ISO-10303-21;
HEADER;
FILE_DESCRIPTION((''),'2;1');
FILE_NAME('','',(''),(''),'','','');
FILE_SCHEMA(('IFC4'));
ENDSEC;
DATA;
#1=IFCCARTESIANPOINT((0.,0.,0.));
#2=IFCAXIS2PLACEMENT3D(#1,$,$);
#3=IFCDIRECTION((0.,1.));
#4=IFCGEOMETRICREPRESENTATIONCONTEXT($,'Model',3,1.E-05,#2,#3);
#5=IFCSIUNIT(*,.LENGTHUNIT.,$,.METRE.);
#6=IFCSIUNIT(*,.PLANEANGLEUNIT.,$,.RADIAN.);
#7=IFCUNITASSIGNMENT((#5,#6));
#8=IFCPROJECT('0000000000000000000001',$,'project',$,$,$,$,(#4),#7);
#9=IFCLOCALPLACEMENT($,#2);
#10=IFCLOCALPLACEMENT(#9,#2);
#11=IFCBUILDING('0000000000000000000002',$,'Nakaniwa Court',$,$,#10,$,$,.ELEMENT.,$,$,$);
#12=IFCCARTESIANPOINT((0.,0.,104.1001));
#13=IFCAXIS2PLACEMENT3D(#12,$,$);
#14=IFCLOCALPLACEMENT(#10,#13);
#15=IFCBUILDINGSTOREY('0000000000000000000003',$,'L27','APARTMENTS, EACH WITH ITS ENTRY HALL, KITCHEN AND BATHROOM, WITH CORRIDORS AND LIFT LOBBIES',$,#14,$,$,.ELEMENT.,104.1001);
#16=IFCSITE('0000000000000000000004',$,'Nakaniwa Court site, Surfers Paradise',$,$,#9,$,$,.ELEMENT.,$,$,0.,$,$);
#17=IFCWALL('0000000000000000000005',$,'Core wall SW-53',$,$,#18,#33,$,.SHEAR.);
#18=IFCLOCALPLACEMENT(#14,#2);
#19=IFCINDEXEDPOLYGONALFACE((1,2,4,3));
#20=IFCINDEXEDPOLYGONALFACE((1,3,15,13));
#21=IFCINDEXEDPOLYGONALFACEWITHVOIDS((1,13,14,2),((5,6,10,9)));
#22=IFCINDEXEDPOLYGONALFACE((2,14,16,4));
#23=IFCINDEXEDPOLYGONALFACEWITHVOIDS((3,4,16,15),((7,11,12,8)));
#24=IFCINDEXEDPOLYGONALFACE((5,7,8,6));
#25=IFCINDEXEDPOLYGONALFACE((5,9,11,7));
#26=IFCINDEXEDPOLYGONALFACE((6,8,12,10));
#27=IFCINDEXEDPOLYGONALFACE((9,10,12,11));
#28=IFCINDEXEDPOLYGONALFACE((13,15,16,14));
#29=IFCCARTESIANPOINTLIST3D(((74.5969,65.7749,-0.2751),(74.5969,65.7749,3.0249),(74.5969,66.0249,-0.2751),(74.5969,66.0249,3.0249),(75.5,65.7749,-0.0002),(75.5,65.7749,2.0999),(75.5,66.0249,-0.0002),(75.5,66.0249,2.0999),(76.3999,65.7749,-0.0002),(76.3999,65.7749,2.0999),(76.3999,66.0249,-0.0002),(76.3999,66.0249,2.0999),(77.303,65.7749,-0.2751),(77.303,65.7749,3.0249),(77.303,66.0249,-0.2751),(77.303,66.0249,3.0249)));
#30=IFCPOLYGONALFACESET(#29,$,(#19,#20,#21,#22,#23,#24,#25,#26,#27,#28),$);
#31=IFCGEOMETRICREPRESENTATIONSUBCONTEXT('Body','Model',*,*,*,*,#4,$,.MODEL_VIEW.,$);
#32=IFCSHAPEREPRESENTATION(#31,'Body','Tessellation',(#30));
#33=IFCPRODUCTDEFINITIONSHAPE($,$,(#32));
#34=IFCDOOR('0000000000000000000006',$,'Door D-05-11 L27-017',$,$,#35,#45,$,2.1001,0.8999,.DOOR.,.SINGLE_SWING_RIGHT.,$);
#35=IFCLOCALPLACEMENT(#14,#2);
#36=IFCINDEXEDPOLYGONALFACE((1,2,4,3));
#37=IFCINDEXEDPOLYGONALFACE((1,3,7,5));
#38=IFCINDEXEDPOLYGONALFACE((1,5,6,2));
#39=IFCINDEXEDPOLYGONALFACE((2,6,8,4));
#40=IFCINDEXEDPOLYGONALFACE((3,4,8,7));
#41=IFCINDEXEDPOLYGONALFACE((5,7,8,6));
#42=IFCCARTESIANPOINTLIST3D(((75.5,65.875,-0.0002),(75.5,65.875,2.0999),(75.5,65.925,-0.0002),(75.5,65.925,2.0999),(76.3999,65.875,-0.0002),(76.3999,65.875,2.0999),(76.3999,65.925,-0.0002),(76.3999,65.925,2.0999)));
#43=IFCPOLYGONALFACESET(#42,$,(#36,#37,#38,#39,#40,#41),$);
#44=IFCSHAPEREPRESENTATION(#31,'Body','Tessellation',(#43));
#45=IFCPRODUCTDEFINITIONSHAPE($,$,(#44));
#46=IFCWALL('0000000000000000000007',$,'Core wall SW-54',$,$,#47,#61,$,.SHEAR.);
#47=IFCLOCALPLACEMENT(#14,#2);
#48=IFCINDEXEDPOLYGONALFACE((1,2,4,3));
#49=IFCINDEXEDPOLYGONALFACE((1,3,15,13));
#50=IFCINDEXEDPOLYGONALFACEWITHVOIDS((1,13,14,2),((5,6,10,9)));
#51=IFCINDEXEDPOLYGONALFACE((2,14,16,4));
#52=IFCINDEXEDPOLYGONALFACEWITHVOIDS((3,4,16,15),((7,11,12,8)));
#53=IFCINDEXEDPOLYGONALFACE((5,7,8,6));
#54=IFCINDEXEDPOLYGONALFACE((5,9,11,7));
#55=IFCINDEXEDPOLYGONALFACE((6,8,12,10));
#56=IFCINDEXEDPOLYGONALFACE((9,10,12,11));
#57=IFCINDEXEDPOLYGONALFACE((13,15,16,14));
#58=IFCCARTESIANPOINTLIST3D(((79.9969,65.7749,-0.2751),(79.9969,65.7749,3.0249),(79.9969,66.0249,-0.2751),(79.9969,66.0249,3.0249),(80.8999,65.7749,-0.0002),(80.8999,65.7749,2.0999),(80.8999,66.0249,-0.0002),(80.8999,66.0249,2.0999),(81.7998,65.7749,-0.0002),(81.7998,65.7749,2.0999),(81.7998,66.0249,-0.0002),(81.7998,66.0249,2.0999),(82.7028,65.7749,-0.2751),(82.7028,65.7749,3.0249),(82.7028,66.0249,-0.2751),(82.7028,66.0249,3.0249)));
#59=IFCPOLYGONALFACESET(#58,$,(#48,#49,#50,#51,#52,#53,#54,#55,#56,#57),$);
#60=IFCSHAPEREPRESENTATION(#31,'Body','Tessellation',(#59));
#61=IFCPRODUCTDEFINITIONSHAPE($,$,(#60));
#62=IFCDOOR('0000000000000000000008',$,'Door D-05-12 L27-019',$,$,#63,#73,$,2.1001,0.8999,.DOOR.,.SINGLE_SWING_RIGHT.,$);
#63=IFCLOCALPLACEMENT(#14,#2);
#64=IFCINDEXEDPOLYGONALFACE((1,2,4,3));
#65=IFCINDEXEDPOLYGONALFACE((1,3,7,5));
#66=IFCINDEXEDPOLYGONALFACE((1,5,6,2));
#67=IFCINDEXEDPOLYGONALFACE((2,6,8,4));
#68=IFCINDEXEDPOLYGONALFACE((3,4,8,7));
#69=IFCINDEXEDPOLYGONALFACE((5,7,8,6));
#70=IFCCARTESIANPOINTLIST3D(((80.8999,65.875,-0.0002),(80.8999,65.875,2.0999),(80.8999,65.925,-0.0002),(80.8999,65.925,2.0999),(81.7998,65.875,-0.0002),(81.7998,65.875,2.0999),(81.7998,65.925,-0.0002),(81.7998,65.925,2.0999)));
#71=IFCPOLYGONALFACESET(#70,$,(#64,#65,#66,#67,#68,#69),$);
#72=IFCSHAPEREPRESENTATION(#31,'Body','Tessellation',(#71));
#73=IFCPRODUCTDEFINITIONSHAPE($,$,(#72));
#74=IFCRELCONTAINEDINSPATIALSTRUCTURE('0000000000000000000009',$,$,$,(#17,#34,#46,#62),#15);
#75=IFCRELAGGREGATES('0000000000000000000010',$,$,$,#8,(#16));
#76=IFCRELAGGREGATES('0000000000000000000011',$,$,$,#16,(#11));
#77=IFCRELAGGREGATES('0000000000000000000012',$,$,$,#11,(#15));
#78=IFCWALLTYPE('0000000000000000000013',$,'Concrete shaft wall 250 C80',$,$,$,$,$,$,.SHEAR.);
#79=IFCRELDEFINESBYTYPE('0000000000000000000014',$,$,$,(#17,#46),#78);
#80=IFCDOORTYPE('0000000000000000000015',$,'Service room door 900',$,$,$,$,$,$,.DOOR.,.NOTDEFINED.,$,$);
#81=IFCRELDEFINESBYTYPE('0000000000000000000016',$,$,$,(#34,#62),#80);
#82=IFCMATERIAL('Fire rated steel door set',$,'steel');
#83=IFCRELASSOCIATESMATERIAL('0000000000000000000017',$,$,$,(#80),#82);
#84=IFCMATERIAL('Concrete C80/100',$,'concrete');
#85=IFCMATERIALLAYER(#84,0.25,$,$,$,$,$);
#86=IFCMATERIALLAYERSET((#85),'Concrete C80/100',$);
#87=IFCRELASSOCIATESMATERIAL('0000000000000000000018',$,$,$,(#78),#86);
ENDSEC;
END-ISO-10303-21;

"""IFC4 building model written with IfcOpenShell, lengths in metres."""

from ifc_helpers import new_model, si_unit, direction, frame, frame_2d, origin, place, context, subcontext, project, spatial, rectangle, extrude, material, layer, layer_set, type_object, element, fill, save


model = new_model("IFC4")

# Units and contexts
model_context = context("Model", 3, precision=1e-05, world=origin(), true_north=direction((0.0, 1.0)))
body_context = subcontext(model_context, "Body", "Model", "MODEL_VIEW")
ifc_project = project(units=[si_unit("LENGTHUNIT", "METRE"), si_unit("PLANEANGLEUNIT", "RADIAN")], contexts=[model_context])

# Site, building, storey
site_placement = place(None, origin())
site = spatial("IfcSite", under=ifc_project, at=site_placement, Name="Nakaniwa Court site, Surfers Paradise", CompositionType="ELEMENT", RefElevation=0.0)
building_placement = place(site_placement, origin())
building = spatial("IfcBuilding", under=site, at=building_placement, Name="Nakaniwa Court", CompositionType="ELEMENT")
storey_placement = place(building_placement, frame((0.0, 0.0, 104.1001)))
storey = spatial("IfcBuildingStorey", under=building, at=storey_placement, Name="L27", Description="APARTMENTS, EACH WITH ITS ENTRY HALL, KITCHEN AND BATHROOM, WITH CORRIDORS AND LIFT LOBBIES", CompositionType="ELEMENT", Elevation=104.1001)

# Shared definitions
ifc_material_1 = material(Name="Concrete C80/100", Category="concrete")

# Shared definitions
ifc_material_2 = material(Name="Fire rated steel door set", Category="steel")
door_type_1 = type_object("IfcDoorType", Name="Service room door 900", OperationType="NOTDEFINED", PredefinedType="DOOR", material=ifc_material_2)

# Shared definitions
ifc_layer_1 = layer(ifc_material_1, 0.25)
ifc_layer_set_1 = layer_set([ifc_layer_1], Name="Concrete C80/100")
wall_type_1 = type_object("IfcWallType", Name="Concrete shaft wall 250 C80", PredefinedType="SHEAR", material=ifc_layer_set_1)

# Walls, openings, doors
wall_1_placement = place(storey_placement, frame((77.303, 65.8999, -0.2751), z_axis=(0.0, 0.0, 1.0), x_axis=(-1.0, 0.0, 0.0)))
wall_1 = element("IfcWall", 1, at=wall_1_placement, inside=storey, type_object=wall_type_1, Name="Core wall SW-53", PredefinedType="SHEAR", context=body_context, shape_type="SweptSolid", body=[
    extrude(rectangle(XDim=2.7061, YDim=0.25, at=frame_2d((1.353, 0.0))), origin(), (0.0, 0.0, 1.0), 3.3),
])
opening_1_placement = place(wall_1_placement, frame((0.9031, 0.0, 0.2749)))
opening_1 = element("IfcOpeningElement", 2, at=opening_1_placement, cuts=wall_1, PredefinedType="OPENING", context=body_context, shape_type="SweptSolid", body=[
    extrude(rectangle(XDim=0.8999, YDim=2.1001, at=frame_2d((0.45, 1.05))), frame((0.0, 0.135, 0.0), z_axis=(0.0, -1.0, 0.0), x_axis=(1.0, 0.0, 0.0)), (0.0, 0.0, 1.0), 0.27),
])
door_1_placement = place(opening_1_placement, origin())
door_1 = element("IfcDoor", 3, at=door_1_placement, inside=storey, type_object=door_type_1, Name="Door D-05-11 L27-017", OperationType="SINGLE_SWING_RIGHT", OverallHeight=2.1001, OverallWidth=0.8999, PredefinedType="DOOR", context=body_context, shape_type="SweptSolid", body=[
    extrude(rectangle(XDim=0.8999, YDim=2.1001, at=frame_2d((0.45, 1.05))), frame((0.0, 0.0249, 0.0), z_axis=(0.0, -1.0, 0.0), x_axis=(1.0, 0.0, 0.0)), (0.0, 0.0, 1.0), 0.05),
])
fill(opening_1, door_1)
wall_2_placement = place(storey_placement, frame((82.7029, 65.8999, -0.2751), z_axis=(0.0, 0.0, 1.0), x_axis=(-1.0, 0.0, 0.0)))
wall_2 = element("IfcWall", 4, at=wall_2_placement, inside=storey, type_object=wall_type_1, Name="Core wall SW-54", PredefinedType="SHEAR", context=body_context, shape_type="SweptSolid", body=[
    extrude(rectangle(XDim=2.7058, YDim=0.25, at=frame_2d((1.353, 0.0))), origin(), (0.0, 0.0, 1.0), 3.3),
])
opening_2_placement = place(wall_2_placement, frame((0.9031, 0.0, 0.2749)))
opening_2 = element("IfcOpeningElement", 5, at=opening_2_placement, cuts=wall_2, PredefinedType="OPENING", context=body_context, shape_type="SweptSolid", body=[
    extrude(rectangle(XDim=0.8999, YDim=2.1001, at=frame_2d((0.45, 1.05))), frame((0.0, 0.135, 0.0), z_axis=(0.0, -1.0, 0.0), x_axis=(1.0, 0.0, 0.0)), (0.0, 0.0, 1.0), 0.27),
])
door_2_placement = place(opening_2_placement, origin())
door_2 = element("IfcDoor", 6, at=door_2_placement, inside=storey, type_object=door_type_1, Name="Door D-05-12 L27-019", OperationType="SINGLE_SWING_RIGHT", OverallHeight=2.1001, OverallWidth=0.8999, PredefinedType="DOOR", context=body_context, shape_type="SweptSolid", body=[
    extrude(rectangle(XDim=0.8999, YDim=2.1001, at=frame_2d((0.45, 1.05))), frame((0.0, 0.0249, 0.0), z_axis=(0.0, -1.0, 0.0), x_axis=(1.0, 0.0, 0.0)), (0.0, 0.0, 1.0), 0.05),
])
fill(opening_2, door_2)

save(model, "model.ifc")
